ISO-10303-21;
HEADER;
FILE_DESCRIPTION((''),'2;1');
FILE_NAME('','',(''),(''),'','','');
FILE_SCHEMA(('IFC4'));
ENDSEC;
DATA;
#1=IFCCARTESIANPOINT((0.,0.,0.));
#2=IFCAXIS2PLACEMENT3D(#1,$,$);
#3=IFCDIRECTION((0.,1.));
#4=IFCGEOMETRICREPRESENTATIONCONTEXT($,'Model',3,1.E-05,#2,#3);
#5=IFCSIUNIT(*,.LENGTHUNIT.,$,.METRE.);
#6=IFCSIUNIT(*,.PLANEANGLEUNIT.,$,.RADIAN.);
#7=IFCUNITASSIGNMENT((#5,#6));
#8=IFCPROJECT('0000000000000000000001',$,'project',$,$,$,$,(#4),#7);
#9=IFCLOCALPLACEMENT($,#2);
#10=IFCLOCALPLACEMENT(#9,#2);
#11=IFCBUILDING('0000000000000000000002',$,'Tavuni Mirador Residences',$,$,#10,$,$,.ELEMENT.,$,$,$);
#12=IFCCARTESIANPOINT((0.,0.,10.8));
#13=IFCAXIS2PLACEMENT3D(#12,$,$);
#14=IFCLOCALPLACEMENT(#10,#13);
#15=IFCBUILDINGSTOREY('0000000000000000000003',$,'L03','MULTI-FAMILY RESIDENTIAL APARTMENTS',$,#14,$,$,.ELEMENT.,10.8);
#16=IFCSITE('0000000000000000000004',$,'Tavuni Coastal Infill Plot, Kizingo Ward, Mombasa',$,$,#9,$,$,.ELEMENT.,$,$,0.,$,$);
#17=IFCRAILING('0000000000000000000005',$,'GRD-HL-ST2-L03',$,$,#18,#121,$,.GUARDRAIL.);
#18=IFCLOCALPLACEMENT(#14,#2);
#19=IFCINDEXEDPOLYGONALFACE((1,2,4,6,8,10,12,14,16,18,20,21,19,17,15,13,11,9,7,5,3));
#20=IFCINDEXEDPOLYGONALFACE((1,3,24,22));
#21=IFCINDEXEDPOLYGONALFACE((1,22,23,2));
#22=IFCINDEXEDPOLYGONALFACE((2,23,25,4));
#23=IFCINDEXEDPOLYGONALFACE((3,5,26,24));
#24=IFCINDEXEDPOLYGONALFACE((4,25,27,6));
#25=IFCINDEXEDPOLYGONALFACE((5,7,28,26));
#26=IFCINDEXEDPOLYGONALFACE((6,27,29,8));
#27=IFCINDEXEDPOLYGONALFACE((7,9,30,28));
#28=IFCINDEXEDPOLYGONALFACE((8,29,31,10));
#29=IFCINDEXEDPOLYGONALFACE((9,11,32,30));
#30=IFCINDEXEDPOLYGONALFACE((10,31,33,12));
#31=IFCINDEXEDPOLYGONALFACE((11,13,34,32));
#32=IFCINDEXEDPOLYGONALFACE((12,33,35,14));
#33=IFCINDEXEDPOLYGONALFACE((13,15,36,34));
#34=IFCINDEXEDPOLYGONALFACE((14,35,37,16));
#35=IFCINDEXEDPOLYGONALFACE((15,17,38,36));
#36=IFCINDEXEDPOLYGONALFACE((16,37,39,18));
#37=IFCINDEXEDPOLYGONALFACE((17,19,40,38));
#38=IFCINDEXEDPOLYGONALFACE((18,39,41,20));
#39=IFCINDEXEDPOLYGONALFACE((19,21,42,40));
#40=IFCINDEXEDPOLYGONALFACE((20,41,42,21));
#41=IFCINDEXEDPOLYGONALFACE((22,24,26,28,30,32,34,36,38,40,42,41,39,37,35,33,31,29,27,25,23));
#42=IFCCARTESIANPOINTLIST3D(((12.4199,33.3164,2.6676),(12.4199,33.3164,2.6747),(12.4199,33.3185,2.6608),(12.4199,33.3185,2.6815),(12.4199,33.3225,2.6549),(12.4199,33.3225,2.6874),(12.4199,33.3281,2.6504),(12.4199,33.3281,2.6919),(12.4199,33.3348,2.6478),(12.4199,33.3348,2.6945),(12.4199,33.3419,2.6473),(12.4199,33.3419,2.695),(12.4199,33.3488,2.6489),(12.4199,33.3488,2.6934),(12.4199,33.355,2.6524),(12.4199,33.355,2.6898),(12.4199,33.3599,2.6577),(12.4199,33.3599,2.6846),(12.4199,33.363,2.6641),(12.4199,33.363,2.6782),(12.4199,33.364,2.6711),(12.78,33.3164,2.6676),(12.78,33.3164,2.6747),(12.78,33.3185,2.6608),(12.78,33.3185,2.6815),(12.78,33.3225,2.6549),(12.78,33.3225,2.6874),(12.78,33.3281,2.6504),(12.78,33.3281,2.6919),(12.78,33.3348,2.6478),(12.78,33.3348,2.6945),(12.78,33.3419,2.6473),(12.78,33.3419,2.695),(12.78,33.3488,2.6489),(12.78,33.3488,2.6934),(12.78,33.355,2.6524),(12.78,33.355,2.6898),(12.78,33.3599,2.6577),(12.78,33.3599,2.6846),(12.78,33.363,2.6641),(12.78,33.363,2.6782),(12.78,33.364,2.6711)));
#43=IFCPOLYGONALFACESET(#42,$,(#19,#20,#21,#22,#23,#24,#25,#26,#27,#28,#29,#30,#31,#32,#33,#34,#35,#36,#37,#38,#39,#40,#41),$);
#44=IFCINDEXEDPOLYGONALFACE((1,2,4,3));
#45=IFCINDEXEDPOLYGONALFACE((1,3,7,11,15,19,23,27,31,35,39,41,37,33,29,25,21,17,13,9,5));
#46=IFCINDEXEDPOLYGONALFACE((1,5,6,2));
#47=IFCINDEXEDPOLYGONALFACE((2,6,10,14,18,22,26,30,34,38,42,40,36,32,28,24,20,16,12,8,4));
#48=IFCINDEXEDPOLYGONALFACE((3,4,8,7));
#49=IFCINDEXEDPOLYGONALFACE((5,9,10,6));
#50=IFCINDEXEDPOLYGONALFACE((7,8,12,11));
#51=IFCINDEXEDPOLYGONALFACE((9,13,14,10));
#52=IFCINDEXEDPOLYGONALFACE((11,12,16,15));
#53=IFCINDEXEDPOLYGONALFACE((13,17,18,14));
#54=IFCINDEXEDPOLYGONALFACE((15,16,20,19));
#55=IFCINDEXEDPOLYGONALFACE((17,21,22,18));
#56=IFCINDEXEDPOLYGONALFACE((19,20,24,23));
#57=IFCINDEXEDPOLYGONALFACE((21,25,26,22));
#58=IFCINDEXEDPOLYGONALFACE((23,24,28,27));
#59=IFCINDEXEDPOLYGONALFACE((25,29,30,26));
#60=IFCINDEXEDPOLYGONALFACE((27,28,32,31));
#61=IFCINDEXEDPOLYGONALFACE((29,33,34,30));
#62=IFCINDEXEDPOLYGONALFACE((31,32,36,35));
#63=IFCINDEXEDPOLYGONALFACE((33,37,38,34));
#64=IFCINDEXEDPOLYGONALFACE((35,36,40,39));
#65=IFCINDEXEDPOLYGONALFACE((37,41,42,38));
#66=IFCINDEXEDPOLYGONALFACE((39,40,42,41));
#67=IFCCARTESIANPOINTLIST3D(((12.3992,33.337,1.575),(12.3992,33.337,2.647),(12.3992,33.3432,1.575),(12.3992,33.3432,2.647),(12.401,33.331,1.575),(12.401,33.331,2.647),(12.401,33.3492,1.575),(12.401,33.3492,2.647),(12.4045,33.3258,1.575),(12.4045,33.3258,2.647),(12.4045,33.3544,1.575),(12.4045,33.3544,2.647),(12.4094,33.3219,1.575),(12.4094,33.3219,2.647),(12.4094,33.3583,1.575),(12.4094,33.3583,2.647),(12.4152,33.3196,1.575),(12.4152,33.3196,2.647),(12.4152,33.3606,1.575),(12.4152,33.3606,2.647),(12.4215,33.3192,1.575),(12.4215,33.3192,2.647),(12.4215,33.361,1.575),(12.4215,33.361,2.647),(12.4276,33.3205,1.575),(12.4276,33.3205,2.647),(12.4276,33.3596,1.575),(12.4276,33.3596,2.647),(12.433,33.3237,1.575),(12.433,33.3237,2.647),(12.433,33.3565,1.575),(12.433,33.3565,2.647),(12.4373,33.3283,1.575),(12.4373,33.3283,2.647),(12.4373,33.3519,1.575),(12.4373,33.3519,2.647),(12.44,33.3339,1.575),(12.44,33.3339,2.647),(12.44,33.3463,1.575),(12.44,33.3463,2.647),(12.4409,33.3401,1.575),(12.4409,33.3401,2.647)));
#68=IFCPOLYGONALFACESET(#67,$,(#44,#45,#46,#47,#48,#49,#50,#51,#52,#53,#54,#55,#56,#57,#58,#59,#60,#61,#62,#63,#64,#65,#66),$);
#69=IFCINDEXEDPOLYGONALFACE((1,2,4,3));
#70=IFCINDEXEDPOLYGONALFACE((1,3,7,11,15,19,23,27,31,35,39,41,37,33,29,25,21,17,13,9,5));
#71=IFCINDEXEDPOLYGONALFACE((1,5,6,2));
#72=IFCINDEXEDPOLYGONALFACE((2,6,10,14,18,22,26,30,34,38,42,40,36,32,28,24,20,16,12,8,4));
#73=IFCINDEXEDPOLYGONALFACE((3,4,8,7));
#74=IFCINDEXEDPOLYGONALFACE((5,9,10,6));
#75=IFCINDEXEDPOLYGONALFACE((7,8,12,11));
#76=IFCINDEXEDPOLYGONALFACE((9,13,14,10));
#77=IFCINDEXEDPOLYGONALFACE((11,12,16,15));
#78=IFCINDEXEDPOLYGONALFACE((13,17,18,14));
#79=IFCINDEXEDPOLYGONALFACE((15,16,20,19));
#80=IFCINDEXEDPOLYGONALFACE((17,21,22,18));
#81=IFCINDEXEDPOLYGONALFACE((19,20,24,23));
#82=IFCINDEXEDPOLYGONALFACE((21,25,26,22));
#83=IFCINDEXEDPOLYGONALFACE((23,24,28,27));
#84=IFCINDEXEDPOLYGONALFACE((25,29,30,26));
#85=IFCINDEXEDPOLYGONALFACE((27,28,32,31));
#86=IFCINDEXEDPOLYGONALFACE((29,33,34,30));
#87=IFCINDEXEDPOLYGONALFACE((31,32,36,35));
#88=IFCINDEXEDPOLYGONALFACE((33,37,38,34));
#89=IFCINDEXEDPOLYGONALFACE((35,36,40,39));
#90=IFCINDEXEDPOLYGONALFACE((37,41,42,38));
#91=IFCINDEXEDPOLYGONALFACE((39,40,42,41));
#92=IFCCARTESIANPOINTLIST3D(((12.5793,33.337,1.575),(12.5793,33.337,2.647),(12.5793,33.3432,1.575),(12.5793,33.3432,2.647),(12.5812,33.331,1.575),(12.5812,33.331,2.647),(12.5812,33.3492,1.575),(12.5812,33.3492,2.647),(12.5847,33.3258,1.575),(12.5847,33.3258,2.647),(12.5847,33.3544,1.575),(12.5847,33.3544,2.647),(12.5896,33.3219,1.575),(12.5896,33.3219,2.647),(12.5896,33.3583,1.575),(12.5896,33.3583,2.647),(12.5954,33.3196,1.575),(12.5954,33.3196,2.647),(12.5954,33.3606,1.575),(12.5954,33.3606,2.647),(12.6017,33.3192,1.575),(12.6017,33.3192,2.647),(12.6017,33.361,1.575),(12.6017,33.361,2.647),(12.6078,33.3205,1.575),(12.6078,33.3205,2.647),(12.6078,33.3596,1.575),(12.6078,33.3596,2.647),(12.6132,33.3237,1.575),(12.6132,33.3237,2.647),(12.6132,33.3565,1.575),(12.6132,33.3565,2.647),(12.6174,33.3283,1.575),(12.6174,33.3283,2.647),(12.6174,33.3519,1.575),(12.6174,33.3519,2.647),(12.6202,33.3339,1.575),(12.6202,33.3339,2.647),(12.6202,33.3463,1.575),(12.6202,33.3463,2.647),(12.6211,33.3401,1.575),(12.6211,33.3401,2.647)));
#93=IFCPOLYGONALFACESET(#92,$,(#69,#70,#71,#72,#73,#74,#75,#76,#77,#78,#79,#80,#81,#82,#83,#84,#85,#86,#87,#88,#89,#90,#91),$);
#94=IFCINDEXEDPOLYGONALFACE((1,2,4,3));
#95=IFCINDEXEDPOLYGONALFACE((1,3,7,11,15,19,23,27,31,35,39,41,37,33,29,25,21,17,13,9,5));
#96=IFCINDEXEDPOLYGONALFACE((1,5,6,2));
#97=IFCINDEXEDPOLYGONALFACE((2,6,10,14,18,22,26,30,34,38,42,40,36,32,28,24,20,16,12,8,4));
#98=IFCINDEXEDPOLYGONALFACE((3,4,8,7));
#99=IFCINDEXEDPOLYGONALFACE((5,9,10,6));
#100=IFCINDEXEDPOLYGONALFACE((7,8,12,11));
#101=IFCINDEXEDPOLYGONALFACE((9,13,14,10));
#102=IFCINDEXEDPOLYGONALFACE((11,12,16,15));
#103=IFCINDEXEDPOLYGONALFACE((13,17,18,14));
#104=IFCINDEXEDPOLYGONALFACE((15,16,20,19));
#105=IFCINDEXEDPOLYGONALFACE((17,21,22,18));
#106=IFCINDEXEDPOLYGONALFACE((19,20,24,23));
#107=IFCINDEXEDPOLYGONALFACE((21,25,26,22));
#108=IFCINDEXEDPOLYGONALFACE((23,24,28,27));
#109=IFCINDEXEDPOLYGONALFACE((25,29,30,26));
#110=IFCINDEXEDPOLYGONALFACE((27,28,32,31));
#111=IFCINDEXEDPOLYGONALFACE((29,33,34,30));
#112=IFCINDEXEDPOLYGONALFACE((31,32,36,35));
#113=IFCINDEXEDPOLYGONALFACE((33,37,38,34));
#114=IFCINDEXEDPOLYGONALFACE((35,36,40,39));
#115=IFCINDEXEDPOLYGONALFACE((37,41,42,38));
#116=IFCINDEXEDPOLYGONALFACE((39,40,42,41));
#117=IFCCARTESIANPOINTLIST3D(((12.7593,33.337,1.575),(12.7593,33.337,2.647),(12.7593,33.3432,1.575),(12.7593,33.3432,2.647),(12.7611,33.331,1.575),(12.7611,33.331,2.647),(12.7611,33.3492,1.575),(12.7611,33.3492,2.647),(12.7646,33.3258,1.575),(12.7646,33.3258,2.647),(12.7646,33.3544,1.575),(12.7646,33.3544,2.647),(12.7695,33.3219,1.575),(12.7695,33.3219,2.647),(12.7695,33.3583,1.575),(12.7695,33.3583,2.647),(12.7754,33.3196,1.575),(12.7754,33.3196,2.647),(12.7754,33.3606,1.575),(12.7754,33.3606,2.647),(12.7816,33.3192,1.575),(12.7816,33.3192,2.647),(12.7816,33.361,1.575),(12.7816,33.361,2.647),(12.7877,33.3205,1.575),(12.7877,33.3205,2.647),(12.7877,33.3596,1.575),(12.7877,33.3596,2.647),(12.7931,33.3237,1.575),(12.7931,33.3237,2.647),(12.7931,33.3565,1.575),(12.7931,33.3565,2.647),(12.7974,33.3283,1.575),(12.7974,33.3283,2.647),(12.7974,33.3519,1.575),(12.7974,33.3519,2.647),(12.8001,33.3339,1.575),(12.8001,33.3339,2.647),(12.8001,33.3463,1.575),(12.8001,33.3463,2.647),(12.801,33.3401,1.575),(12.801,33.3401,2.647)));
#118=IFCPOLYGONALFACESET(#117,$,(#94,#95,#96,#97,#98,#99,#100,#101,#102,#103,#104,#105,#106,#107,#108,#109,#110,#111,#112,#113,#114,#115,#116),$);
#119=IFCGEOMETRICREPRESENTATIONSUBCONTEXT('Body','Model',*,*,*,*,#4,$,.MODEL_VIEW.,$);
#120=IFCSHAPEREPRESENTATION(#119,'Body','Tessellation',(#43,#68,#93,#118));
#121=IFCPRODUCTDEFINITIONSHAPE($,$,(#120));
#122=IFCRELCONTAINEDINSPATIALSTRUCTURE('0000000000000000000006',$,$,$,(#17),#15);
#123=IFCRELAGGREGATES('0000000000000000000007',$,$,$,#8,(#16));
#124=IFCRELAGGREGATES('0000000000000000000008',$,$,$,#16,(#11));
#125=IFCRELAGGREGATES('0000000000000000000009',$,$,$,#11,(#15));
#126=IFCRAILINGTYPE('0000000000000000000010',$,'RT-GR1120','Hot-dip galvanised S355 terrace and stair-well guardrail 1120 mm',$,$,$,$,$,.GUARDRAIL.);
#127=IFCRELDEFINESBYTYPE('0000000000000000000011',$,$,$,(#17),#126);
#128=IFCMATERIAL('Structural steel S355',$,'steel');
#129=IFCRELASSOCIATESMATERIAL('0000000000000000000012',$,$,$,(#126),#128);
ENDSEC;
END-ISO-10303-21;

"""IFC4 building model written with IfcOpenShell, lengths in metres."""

from ifc_helpers import new_model, si_unit, direction, frame, origin, origin_2d, place, context, subcontext, project, spatial, circle, extrude, material, type_object, element, save


model = new_model("IFC4")

# Units and contexts
model_context = context("Model", 3, precision=1e-05, world=origin(), true_north=direction((0.0, 1.0)))
body_context = subcontext(model_context, "Body", "Model", "MODEL_VIEW")
ifc_project = project(units=[si_unit("LENGTHUNIT", "METRE"), si_unit("PLANEANGLEUNIT", "RADIAN")], contexts=[model_context])

# Site, building, storey
site_placement = place(None, origin())
site = spatial("IfcSite", under=ifc_project, at=site_placement, Name="Tavuni Coastal Infill Plot, Kizingo Ward, Mombasa", CompositionType="ELEMENT", RefElevation=0.0)
building_placement = place(site_placement, origin())
building = spatial("IfcBuilding", under=site, at=building_placement, Name="Tavuni Mirador Residences", CompositionType="ELEMENT")
storey_placement = place(building_placement, frame((0.0, 0.0, 10.8)))
storey = spatial("IfcBuildingStorey", under=building, at=storey_placement, Name="L03", Description="MULTI-FAMILY RESIDENTIAL APARTMENTS", CompositionType="ELEMENT", Elevation=10.8)

# Shared definitions
ifc_material_1 = material(Name="Structural steel S355", Category="steel")

# Railing
railing_type_1 = type_object("IfcRailingType", Name="RT-GR1120", Description="Hot-dip galvanised S355 terrace and stair-well guardrail 1120 mm", PredefinedType="GUARDRAIL", material=ifc_material_1)
railing_1_placement = place(storey_placement, frame((12.4199, 33.3401, 1.575)))
element("IfcRailing", 1, at=railing_1_placement, inside=storey, type_object=railing_type_1, Name="GRD-HL-ST2-L03", PredefinedType="GUARDRAIL", context=body_context, shape_type="SweptSolid", body=[
    extrude(circle(Radius=0.0239, at=origin_2d()), frame((0.0, 0.0, 1.0962), z_axis=(1.0, 0.0, 0.0), x_axis=(0.0, 1.0, 0.0)), (0.0, 0.0, 1.0), 0.3601),
    extrude(circle(Radius=0.021, at=origin_2d()), origin(), (0.0, 0.0, 1.0), 1.072),
    extrude(circle(Radius=0.021, at=origin_2d()), frame((0.1802, 0.0, 0.0)), (0.0, 0.0, 1.0), 1.072),
    extrude(circle(Radius=0.021, at=origin_2d()), frame((0.3601, 0.0, 0.0)), (0.0, 0.0, 1.0), 1.072),
])

save(model, "model.ifc")
